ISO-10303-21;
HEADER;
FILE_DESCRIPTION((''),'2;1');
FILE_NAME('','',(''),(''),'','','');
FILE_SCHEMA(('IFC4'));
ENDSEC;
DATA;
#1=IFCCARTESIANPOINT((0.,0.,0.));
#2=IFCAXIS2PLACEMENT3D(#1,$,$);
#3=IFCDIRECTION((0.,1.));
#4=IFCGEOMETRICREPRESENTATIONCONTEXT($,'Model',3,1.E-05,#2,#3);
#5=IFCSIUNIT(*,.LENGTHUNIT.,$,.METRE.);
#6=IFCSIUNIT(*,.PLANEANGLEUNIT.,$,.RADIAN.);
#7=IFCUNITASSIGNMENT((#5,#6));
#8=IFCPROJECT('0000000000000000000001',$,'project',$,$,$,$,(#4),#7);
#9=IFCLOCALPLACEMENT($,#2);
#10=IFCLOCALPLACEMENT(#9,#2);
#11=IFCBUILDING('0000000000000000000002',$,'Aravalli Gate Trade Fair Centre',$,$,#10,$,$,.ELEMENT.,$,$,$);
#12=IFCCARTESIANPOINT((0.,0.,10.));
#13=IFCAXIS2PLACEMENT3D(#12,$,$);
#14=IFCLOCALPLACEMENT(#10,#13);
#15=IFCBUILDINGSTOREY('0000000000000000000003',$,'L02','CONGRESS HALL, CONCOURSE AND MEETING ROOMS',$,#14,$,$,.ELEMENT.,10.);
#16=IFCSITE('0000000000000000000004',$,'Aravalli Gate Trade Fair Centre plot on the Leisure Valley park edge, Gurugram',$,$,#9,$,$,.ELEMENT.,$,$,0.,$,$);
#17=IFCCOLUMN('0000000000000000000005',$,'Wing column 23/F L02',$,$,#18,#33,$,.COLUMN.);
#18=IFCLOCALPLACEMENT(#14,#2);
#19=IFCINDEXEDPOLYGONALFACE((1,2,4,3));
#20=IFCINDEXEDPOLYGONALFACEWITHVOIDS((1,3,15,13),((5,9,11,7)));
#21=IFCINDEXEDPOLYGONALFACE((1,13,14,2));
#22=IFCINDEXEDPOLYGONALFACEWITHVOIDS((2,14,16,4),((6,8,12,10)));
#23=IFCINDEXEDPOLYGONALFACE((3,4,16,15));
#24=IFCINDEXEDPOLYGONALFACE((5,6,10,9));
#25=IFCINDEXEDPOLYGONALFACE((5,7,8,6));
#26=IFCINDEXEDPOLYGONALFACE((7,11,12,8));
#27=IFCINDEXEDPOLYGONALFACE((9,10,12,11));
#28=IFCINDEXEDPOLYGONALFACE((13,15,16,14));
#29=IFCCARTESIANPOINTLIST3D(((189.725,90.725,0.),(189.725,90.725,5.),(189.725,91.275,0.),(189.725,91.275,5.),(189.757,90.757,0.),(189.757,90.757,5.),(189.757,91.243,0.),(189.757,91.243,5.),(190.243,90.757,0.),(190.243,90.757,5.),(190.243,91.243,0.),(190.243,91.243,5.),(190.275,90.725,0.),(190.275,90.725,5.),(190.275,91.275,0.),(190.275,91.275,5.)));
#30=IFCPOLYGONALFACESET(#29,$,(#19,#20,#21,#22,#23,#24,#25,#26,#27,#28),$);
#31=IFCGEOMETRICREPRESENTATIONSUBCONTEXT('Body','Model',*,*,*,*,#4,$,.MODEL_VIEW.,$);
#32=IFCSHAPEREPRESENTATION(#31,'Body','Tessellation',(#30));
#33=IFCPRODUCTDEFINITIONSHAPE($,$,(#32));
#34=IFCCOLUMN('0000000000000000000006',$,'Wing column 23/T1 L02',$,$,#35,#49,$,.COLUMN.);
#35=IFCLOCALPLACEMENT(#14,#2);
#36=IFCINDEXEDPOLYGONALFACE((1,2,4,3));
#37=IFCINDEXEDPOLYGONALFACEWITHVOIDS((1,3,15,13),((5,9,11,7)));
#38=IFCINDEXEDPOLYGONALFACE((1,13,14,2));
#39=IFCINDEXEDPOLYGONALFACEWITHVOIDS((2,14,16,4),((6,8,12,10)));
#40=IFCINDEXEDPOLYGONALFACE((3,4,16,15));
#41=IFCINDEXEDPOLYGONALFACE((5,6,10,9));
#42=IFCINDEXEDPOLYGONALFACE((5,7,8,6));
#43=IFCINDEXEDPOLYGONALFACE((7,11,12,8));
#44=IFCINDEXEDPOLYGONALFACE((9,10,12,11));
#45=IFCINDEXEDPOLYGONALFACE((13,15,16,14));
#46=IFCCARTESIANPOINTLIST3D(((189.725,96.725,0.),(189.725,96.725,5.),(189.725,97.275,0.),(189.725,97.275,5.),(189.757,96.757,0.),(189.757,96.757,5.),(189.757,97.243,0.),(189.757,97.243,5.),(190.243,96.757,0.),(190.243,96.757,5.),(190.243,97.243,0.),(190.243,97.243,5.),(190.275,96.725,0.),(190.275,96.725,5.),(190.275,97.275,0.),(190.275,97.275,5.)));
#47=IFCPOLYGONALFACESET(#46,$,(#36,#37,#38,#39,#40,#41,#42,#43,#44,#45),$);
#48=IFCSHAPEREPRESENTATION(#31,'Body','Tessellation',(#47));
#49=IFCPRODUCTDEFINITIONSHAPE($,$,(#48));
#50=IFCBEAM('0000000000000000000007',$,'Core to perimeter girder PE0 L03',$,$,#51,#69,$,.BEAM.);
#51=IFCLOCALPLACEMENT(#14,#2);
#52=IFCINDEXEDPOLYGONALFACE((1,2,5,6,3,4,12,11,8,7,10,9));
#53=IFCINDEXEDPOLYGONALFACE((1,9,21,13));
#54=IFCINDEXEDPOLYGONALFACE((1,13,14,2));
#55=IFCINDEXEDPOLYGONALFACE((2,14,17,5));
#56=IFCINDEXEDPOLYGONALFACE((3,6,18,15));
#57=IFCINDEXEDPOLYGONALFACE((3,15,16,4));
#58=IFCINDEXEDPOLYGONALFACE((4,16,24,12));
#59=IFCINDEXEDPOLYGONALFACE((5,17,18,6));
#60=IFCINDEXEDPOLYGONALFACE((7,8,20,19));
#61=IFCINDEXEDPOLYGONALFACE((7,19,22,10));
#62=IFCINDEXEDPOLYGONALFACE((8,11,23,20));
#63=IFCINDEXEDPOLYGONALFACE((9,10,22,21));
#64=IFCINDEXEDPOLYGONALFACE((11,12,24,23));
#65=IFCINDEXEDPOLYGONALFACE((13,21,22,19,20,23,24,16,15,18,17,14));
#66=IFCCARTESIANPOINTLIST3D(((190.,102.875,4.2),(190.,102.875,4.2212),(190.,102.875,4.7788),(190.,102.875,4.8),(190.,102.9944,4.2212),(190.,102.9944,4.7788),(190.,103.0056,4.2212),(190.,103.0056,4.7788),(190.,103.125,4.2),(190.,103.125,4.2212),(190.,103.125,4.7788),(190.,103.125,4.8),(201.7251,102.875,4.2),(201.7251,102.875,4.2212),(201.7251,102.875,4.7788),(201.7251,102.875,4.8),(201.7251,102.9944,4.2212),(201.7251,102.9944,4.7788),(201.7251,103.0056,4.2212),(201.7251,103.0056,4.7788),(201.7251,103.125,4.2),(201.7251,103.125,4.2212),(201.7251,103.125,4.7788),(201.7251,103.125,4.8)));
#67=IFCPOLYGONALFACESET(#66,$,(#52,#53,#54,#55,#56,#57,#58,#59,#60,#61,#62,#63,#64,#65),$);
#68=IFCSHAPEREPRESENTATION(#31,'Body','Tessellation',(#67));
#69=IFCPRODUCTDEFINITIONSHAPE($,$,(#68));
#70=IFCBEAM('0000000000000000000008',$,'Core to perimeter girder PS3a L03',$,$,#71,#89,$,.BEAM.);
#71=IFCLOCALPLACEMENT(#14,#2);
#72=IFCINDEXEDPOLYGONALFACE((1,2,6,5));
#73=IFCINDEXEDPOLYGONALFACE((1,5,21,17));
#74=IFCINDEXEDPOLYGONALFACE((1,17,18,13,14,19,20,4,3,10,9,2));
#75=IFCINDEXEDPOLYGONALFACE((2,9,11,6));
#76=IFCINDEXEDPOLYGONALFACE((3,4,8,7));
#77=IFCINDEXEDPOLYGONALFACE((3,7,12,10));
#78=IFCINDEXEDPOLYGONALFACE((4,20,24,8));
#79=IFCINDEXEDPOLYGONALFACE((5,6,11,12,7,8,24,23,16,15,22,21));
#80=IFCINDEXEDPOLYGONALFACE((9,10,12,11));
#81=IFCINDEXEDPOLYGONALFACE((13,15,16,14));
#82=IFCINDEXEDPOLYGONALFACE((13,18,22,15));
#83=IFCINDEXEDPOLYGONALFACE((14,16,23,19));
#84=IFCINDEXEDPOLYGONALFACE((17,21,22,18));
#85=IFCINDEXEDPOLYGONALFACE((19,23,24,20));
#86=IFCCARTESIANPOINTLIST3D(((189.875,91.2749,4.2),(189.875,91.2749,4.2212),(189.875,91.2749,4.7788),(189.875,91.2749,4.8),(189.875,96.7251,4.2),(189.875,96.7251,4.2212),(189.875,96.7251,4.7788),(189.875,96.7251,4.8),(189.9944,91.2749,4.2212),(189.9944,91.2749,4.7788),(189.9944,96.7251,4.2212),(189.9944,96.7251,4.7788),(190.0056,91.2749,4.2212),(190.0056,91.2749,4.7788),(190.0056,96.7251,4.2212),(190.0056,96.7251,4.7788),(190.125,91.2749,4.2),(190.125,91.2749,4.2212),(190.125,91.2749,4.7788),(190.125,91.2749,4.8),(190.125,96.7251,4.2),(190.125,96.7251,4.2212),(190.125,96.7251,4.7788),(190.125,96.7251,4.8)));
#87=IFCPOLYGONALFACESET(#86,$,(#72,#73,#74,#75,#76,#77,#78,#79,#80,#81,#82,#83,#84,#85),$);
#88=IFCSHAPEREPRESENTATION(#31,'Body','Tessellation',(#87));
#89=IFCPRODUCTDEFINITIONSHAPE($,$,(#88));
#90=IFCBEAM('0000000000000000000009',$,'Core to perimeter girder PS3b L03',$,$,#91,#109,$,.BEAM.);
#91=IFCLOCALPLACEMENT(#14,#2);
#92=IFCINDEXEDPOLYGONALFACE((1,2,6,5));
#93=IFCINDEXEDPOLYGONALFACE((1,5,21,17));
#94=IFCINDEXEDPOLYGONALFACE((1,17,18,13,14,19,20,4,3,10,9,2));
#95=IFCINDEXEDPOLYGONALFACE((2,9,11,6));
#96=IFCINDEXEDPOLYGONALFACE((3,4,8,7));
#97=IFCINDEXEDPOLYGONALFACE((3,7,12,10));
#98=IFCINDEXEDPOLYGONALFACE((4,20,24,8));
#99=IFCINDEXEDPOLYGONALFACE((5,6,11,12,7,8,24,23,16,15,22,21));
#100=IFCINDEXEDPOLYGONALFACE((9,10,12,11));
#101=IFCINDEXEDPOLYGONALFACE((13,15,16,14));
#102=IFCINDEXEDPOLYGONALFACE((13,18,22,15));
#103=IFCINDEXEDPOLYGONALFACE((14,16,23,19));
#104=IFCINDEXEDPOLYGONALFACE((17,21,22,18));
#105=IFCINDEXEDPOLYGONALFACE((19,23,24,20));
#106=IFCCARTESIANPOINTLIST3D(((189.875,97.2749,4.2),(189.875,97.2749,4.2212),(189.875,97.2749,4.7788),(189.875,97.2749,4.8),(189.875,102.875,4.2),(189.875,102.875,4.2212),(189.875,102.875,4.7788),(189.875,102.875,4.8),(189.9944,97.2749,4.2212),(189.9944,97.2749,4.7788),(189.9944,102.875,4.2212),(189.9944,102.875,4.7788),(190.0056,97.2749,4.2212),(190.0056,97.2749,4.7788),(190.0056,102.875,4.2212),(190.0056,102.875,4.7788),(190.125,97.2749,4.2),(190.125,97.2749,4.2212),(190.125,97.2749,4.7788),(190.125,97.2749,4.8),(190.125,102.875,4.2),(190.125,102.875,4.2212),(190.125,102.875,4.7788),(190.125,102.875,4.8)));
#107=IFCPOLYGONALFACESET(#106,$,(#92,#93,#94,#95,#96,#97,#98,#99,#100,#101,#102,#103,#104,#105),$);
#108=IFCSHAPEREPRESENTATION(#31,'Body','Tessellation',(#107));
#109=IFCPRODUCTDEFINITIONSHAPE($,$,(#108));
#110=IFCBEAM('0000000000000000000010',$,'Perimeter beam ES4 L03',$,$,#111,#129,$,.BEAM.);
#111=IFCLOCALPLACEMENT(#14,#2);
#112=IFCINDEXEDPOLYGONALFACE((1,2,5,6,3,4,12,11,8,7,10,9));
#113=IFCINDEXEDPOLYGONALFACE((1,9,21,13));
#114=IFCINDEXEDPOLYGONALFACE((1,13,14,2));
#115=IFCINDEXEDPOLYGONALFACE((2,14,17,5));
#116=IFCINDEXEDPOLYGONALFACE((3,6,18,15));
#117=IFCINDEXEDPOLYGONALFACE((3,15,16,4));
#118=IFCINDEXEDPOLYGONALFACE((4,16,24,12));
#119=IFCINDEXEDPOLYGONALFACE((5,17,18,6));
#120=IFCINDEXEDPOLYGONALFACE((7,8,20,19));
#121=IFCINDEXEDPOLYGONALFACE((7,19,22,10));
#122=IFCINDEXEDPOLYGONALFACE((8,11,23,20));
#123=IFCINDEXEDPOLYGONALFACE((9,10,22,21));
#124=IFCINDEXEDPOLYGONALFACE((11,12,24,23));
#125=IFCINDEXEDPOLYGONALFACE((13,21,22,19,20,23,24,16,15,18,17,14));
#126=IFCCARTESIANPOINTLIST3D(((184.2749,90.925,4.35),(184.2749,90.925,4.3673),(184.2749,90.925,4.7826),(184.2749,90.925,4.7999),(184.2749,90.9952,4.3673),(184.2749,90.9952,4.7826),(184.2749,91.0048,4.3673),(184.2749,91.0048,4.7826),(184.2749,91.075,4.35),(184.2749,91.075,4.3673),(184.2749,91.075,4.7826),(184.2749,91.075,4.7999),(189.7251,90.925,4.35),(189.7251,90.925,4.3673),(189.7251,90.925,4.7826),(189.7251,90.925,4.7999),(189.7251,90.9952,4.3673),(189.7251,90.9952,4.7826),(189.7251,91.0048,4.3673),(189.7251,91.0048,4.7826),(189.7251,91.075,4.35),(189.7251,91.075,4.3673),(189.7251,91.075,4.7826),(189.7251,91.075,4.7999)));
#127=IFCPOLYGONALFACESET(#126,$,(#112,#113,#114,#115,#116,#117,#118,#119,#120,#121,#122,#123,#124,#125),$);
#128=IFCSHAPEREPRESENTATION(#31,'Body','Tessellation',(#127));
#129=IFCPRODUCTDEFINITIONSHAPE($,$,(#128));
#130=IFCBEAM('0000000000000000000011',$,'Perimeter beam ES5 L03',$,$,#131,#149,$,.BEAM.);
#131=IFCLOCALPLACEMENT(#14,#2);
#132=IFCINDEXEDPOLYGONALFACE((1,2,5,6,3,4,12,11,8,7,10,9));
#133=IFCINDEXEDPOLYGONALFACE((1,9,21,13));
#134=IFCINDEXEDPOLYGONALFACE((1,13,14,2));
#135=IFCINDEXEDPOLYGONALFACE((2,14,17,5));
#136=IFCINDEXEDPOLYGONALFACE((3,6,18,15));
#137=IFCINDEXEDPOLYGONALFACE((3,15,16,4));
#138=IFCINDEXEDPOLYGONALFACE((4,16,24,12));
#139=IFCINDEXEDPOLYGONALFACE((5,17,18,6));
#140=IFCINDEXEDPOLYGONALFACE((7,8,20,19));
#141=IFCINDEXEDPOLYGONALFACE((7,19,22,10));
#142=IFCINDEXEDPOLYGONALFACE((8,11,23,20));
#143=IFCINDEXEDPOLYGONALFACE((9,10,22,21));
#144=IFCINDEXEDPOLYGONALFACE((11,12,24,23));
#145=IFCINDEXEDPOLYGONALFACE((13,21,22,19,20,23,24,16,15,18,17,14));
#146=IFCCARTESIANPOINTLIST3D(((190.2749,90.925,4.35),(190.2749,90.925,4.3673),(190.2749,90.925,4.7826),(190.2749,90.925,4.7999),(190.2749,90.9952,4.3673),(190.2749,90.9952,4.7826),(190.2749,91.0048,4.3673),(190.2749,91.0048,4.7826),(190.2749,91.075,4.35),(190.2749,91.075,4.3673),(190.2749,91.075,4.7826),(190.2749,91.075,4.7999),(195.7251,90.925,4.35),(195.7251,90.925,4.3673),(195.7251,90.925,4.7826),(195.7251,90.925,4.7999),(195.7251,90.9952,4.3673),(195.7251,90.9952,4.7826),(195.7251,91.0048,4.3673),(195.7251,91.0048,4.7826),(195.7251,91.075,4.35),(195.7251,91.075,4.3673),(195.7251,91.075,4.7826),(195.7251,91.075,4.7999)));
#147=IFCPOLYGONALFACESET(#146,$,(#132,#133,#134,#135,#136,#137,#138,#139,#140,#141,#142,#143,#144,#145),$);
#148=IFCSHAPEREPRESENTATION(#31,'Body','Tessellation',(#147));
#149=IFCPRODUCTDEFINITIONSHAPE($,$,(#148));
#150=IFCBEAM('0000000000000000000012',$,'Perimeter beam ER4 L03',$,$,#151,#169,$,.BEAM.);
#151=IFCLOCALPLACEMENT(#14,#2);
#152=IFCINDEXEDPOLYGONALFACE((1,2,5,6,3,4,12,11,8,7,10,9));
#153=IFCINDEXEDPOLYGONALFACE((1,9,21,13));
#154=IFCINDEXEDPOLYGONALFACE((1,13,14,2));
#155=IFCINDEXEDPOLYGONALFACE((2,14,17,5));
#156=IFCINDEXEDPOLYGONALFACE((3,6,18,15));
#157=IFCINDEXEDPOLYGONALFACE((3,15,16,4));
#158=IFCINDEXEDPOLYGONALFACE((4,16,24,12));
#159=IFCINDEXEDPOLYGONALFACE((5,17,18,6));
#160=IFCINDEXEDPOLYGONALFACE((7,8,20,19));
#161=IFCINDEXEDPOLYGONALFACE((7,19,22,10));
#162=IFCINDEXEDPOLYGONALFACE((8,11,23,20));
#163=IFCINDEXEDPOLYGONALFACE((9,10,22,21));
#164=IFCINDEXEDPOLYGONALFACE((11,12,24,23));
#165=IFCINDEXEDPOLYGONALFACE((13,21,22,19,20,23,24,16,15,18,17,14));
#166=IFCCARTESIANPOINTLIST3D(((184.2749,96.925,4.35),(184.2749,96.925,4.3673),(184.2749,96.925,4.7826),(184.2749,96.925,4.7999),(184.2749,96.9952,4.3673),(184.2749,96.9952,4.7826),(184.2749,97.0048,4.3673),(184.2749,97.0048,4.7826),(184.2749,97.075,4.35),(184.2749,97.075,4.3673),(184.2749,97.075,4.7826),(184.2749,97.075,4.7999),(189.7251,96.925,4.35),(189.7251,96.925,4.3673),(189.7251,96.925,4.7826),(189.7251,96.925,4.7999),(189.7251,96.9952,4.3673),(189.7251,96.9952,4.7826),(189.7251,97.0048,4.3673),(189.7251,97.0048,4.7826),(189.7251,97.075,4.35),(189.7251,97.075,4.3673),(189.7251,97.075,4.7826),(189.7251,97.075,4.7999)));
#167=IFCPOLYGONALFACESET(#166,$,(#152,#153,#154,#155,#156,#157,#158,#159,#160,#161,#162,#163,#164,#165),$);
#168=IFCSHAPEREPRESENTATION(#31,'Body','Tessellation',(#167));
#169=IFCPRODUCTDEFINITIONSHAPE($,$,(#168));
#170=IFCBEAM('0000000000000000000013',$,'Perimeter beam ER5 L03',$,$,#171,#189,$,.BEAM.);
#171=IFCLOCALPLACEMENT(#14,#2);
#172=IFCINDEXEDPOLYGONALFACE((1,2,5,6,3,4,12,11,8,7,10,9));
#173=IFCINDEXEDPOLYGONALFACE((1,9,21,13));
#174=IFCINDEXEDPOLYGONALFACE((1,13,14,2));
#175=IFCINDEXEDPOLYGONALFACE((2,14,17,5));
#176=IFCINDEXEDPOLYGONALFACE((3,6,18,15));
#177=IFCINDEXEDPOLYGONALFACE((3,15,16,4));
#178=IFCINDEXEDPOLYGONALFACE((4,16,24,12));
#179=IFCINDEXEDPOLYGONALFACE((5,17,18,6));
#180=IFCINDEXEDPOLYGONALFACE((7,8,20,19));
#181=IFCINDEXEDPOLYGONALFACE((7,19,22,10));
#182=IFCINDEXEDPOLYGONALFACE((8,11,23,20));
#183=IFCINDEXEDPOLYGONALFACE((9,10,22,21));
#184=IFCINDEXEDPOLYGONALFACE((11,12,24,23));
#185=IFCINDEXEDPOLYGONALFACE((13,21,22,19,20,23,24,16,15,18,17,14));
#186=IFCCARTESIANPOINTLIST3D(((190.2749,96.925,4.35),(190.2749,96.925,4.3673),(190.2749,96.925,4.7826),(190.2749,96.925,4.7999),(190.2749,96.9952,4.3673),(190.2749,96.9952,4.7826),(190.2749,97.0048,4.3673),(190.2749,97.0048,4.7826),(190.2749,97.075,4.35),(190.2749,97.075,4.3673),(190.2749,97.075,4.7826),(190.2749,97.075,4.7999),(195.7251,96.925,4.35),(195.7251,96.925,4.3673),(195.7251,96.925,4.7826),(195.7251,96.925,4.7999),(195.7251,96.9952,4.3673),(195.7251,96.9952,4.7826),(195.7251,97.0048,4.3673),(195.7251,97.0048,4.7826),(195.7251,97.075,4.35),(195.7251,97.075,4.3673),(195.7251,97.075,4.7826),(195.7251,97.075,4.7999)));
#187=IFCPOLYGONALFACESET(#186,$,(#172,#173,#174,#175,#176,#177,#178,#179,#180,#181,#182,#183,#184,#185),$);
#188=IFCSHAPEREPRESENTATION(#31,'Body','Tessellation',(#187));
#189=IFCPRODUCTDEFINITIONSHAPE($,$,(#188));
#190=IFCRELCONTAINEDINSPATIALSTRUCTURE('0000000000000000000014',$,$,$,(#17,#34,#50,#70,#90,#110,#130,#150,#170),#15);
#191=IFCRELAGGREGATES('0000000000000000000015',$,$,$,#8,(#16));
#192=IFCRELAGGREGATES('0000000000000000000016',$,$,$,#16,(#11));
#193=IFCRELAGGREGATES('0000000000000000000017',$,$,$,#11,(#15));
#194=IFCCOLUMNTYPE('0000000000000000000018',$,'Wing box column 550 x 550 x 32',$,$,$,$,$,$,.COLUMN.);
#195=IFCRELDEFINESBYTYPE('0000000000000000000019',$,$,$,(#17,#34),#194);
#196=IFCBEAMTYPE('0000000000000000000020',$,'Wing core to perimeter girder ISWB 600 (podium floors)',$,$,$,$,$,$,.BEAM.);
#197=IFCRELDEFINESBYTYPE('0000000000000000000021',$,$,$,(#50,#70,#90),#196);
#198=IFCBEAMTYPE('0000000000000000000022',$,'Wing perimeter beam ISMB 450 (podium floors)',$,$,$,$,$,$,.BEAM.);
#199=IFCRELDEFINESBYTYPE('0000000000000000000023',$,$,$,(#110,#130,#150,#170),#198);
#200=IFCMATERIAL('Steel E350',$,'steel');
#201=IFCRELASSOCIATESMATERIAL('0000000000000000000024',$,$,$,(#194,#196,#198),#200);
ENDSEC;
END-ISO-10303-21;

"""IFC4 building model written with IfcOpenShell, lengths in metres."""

from ifc_helpers import new_model, si_unit, direction, frame, origin, origin_2d, place, context, subcontext, project, spatial, hollow_rectangle, i_section, extrude, material, material_profile, profile_set, type_object, element, save


model = new_model("IFC4")

# Units and contexts
model_context = context("Model", 3, precision=1e-05, world=origin(), true_north=direction((0.0, 1.0)))
body_context = subcontext(model_context, "Body", "Model", "MODEL_VIEW")
ifc_project = project(units=[si_unit("LENGTHUNIT", "METRE"), si_unit("PLANEANGLEUNIT", "RADIAN")], contexts=[model_context])

# Site, building, storey
site_placement = place(None, origin())
site = spatial("IfcSite", under=ifc_project, at=site_placement, Name="Aravalli Gate Trade Fair Centre plot on the Leisure Valley park edge, Gurugram", CompositionType="ELEMENT", RefElevation=0.0)
building_placement = place(site_placement, origin())
building = spatial("IfcBuilding", under=site, at=building_placement, Name="Aravalli Gate Trade Fair Centre", CompositionType="ELEMENT")
storey_placement = place(building_placement, frame((0.0, 0.0, 10.0)))
storey = spatial("IfcBuildingStorey", under=building, at=storey_placement, Name="L02", Description="CONGRESS HALL, CONCOURSE AND MEETING ROOMS", CompositionType="ELEMENT", Elevation=10.0)

# Columns
ifc_material_1 = material(Name="Steel E350", Category="steel")
ifc_material_profile_1 = material_profile(ifc_material_1, hollow_rectangle(XDim=0.55, YDim=0.55, WallThickness=0.032, at=origin_2d()), Name="BOX 550x550x32")
ifc_profile_set_1 = profile_set([ifc_material_profile_1], Name="Steel E350")
column_type = type_object("IfcColumnType", Name="Wing box column 550 x 550 x 32", PredefinedType="COLUMN", material=ifc_profile_set_1)
for number, where, z_axis, x_axis, name in (
    (1, (190.0, 91.0, 0.0), (0.0, 0.0, 1.0), (1.0, 0.0, 0.0), "Wing column 23/F L02"),
    (2, (190.0, 97.0, 0.0), (0.0, 0.0, 1.0), (1.0, 0.0, 0.0), "Wing column 23/T1 L02"),
):
    element("IfcColumn", number, at=place(storey_placement, frame(where, z_axis=z_axis, x_axis=x_axis)), inside=storey, type_object=column_type, Name=name, PredefinedType="COLUMN", context=body_context, shape_type="SweptSolid", body=[
        extrude(hollow_rectangle(XDim=0.55, YDim=0.55, WallThickness=0.032, at=origin_2d()), origin(), (0.0, 0.0, 1.0), 5.0),
    ])

# Beams
ifc_material_profile_2 = material_profile(ifc_material_1, i_section(OverallWidth=0.25, OverallDepth=0.6001, WebThickness=0.0112, FlangeThickness=0.0212, at=origin_2d()), Name="ISWB 600")
ifc_profile_set_2 = profile_set([ifc_material_profile_2], Name="Steel E350")
beam_type_1 = type_object("IfcBeamType", Name="Wing core to perimeter girder ISWB 600 (podium floors)", PredefinedType="BEAM", material=ifc_profile_set_2)
beam_1_placement = place(storey_placement, frame((190.0, 103.0, 4.5), z_axis=(1.0, 0.0, 0.0), x_axis=(0.0, 1.0, 0.0)))
element("IfcBeam", 3, at=beam_1_placement, inside=storey, type_object=beam_type_1, Name="Core to perimeter girder PE0 L03", PredefinedType="BEAM", context=body_context, shape_type="SweptSolid", body=[
    extrude(i_section(OverallWidth=0.25, OverallDepth=0.6001, WebThickness=0.0112, FlangeThickness=0.0212, at=origin_2d()), origin(), (0.0, 0.0, 1.0), 11.7251),
])
beam_2_placement = place(storey_placement, frame((190.0, 91.2749, 4.5), z_axis=(0.0, 1.0, 0.0), x_axis=(-1.0, 0.0, 0.0)))
element("IfcBeam", 4, at=beam_2_placement, inside=storey, type_object=beam_type_1, Name="Core to perimeter girder PS3a L03", PredefinedType="BEAM", context=body_context, shape_type="SweptSolid", body=[
    extrude(i_section(OverallWidth=0.25, OverallDepth=0.6001, WebThickness=0.0112, FlangeThickness=0.0212, at=origin_2d()), origin(), (0.0, 0.0, 1.0), 5.4502),
])
beam_3_placement = place(storey_placement, frame((190.0, 97.2749, 4.5), z_axis=(0.0, 1.0, 0.0), x_axis=(-1.0, 0.0, 0.0)))
element("IfcBeam", 5, at=beam_3_placement, inside=storey, type_object=beam_type_1, Name="Core to perimeter girder PS3b L03", PredefinedType="BEAM", context=body_context, shape_type="SweptSolid", body=[
    extrude(i_section(OverallWidth=0.25, OverallDepth=0.6001, WebThickness=0.0112, FlangeThickness=0.0212, at=origin_2d()), origin(), (0.0, 0.0, 1.0), 5.6001),
])
ifc_material_profile_3 = material_profile(ifc_material_1, i_section(OverallWidth=0.1499, OverallDepth=0.45, WebThickness=0.0095, FlangeThickness=0.0173, at=origin_2d()), Name="ISMB 450")
ifc_profile_set_3 = profile_set([ifc_material_profile_3], Name="Steel E350")
beam_type_2 = type_object("IfcBeamType", Name="Wing perimeter beam ISMB 450 (podium floors)", PredefinedType="BEAM", material=ifc_profile_set_3)
for number, where, z_axis, x_axis, name in (
    (6, (184.2749, 91.0, 4.575), (1.0, 0.0, 0.0), (0.0, 1.0, 0.0), "Perimeter beam ES4 L03"),
    (7, (190.2749, 91.0, 4.575), (1.0, 0.0, 0.0), (0.0, 1.0, 0.0), "Perimeter beam ES5 L03"),
    (8, (184.2749, 97.0, 4.575), (1.0, 0.0, 0.0), (0.0, 1.0, 0.0), "Perimeter beam ER4 L03"),
    (9, (190.2749, 97.0, 4.575), (1.0, 0.0, 0.0), (0.0, 1.0, 0.0), "Perimeter beam ER5 L03"),
):
    element("IfcBeam", number, at=place(storey_placement, frame(where, z_axis=z_axis, x_axis=x_axis)), inside=storey, type_object=beam_type_2, Name=name, PredefinedType="BEAM", context=body_context, shape_type="SweptSolid", body=[
        extrude(i_section(OverallWidth=0.1499, OverallDepth=0.45, WebThickness=0.0095, FlangeThickness=0.0173, at=origin_2d()), origin(), (0.0, 0.0, 1.0), 5.4502),
    ])

save(model, "model.ifc")
